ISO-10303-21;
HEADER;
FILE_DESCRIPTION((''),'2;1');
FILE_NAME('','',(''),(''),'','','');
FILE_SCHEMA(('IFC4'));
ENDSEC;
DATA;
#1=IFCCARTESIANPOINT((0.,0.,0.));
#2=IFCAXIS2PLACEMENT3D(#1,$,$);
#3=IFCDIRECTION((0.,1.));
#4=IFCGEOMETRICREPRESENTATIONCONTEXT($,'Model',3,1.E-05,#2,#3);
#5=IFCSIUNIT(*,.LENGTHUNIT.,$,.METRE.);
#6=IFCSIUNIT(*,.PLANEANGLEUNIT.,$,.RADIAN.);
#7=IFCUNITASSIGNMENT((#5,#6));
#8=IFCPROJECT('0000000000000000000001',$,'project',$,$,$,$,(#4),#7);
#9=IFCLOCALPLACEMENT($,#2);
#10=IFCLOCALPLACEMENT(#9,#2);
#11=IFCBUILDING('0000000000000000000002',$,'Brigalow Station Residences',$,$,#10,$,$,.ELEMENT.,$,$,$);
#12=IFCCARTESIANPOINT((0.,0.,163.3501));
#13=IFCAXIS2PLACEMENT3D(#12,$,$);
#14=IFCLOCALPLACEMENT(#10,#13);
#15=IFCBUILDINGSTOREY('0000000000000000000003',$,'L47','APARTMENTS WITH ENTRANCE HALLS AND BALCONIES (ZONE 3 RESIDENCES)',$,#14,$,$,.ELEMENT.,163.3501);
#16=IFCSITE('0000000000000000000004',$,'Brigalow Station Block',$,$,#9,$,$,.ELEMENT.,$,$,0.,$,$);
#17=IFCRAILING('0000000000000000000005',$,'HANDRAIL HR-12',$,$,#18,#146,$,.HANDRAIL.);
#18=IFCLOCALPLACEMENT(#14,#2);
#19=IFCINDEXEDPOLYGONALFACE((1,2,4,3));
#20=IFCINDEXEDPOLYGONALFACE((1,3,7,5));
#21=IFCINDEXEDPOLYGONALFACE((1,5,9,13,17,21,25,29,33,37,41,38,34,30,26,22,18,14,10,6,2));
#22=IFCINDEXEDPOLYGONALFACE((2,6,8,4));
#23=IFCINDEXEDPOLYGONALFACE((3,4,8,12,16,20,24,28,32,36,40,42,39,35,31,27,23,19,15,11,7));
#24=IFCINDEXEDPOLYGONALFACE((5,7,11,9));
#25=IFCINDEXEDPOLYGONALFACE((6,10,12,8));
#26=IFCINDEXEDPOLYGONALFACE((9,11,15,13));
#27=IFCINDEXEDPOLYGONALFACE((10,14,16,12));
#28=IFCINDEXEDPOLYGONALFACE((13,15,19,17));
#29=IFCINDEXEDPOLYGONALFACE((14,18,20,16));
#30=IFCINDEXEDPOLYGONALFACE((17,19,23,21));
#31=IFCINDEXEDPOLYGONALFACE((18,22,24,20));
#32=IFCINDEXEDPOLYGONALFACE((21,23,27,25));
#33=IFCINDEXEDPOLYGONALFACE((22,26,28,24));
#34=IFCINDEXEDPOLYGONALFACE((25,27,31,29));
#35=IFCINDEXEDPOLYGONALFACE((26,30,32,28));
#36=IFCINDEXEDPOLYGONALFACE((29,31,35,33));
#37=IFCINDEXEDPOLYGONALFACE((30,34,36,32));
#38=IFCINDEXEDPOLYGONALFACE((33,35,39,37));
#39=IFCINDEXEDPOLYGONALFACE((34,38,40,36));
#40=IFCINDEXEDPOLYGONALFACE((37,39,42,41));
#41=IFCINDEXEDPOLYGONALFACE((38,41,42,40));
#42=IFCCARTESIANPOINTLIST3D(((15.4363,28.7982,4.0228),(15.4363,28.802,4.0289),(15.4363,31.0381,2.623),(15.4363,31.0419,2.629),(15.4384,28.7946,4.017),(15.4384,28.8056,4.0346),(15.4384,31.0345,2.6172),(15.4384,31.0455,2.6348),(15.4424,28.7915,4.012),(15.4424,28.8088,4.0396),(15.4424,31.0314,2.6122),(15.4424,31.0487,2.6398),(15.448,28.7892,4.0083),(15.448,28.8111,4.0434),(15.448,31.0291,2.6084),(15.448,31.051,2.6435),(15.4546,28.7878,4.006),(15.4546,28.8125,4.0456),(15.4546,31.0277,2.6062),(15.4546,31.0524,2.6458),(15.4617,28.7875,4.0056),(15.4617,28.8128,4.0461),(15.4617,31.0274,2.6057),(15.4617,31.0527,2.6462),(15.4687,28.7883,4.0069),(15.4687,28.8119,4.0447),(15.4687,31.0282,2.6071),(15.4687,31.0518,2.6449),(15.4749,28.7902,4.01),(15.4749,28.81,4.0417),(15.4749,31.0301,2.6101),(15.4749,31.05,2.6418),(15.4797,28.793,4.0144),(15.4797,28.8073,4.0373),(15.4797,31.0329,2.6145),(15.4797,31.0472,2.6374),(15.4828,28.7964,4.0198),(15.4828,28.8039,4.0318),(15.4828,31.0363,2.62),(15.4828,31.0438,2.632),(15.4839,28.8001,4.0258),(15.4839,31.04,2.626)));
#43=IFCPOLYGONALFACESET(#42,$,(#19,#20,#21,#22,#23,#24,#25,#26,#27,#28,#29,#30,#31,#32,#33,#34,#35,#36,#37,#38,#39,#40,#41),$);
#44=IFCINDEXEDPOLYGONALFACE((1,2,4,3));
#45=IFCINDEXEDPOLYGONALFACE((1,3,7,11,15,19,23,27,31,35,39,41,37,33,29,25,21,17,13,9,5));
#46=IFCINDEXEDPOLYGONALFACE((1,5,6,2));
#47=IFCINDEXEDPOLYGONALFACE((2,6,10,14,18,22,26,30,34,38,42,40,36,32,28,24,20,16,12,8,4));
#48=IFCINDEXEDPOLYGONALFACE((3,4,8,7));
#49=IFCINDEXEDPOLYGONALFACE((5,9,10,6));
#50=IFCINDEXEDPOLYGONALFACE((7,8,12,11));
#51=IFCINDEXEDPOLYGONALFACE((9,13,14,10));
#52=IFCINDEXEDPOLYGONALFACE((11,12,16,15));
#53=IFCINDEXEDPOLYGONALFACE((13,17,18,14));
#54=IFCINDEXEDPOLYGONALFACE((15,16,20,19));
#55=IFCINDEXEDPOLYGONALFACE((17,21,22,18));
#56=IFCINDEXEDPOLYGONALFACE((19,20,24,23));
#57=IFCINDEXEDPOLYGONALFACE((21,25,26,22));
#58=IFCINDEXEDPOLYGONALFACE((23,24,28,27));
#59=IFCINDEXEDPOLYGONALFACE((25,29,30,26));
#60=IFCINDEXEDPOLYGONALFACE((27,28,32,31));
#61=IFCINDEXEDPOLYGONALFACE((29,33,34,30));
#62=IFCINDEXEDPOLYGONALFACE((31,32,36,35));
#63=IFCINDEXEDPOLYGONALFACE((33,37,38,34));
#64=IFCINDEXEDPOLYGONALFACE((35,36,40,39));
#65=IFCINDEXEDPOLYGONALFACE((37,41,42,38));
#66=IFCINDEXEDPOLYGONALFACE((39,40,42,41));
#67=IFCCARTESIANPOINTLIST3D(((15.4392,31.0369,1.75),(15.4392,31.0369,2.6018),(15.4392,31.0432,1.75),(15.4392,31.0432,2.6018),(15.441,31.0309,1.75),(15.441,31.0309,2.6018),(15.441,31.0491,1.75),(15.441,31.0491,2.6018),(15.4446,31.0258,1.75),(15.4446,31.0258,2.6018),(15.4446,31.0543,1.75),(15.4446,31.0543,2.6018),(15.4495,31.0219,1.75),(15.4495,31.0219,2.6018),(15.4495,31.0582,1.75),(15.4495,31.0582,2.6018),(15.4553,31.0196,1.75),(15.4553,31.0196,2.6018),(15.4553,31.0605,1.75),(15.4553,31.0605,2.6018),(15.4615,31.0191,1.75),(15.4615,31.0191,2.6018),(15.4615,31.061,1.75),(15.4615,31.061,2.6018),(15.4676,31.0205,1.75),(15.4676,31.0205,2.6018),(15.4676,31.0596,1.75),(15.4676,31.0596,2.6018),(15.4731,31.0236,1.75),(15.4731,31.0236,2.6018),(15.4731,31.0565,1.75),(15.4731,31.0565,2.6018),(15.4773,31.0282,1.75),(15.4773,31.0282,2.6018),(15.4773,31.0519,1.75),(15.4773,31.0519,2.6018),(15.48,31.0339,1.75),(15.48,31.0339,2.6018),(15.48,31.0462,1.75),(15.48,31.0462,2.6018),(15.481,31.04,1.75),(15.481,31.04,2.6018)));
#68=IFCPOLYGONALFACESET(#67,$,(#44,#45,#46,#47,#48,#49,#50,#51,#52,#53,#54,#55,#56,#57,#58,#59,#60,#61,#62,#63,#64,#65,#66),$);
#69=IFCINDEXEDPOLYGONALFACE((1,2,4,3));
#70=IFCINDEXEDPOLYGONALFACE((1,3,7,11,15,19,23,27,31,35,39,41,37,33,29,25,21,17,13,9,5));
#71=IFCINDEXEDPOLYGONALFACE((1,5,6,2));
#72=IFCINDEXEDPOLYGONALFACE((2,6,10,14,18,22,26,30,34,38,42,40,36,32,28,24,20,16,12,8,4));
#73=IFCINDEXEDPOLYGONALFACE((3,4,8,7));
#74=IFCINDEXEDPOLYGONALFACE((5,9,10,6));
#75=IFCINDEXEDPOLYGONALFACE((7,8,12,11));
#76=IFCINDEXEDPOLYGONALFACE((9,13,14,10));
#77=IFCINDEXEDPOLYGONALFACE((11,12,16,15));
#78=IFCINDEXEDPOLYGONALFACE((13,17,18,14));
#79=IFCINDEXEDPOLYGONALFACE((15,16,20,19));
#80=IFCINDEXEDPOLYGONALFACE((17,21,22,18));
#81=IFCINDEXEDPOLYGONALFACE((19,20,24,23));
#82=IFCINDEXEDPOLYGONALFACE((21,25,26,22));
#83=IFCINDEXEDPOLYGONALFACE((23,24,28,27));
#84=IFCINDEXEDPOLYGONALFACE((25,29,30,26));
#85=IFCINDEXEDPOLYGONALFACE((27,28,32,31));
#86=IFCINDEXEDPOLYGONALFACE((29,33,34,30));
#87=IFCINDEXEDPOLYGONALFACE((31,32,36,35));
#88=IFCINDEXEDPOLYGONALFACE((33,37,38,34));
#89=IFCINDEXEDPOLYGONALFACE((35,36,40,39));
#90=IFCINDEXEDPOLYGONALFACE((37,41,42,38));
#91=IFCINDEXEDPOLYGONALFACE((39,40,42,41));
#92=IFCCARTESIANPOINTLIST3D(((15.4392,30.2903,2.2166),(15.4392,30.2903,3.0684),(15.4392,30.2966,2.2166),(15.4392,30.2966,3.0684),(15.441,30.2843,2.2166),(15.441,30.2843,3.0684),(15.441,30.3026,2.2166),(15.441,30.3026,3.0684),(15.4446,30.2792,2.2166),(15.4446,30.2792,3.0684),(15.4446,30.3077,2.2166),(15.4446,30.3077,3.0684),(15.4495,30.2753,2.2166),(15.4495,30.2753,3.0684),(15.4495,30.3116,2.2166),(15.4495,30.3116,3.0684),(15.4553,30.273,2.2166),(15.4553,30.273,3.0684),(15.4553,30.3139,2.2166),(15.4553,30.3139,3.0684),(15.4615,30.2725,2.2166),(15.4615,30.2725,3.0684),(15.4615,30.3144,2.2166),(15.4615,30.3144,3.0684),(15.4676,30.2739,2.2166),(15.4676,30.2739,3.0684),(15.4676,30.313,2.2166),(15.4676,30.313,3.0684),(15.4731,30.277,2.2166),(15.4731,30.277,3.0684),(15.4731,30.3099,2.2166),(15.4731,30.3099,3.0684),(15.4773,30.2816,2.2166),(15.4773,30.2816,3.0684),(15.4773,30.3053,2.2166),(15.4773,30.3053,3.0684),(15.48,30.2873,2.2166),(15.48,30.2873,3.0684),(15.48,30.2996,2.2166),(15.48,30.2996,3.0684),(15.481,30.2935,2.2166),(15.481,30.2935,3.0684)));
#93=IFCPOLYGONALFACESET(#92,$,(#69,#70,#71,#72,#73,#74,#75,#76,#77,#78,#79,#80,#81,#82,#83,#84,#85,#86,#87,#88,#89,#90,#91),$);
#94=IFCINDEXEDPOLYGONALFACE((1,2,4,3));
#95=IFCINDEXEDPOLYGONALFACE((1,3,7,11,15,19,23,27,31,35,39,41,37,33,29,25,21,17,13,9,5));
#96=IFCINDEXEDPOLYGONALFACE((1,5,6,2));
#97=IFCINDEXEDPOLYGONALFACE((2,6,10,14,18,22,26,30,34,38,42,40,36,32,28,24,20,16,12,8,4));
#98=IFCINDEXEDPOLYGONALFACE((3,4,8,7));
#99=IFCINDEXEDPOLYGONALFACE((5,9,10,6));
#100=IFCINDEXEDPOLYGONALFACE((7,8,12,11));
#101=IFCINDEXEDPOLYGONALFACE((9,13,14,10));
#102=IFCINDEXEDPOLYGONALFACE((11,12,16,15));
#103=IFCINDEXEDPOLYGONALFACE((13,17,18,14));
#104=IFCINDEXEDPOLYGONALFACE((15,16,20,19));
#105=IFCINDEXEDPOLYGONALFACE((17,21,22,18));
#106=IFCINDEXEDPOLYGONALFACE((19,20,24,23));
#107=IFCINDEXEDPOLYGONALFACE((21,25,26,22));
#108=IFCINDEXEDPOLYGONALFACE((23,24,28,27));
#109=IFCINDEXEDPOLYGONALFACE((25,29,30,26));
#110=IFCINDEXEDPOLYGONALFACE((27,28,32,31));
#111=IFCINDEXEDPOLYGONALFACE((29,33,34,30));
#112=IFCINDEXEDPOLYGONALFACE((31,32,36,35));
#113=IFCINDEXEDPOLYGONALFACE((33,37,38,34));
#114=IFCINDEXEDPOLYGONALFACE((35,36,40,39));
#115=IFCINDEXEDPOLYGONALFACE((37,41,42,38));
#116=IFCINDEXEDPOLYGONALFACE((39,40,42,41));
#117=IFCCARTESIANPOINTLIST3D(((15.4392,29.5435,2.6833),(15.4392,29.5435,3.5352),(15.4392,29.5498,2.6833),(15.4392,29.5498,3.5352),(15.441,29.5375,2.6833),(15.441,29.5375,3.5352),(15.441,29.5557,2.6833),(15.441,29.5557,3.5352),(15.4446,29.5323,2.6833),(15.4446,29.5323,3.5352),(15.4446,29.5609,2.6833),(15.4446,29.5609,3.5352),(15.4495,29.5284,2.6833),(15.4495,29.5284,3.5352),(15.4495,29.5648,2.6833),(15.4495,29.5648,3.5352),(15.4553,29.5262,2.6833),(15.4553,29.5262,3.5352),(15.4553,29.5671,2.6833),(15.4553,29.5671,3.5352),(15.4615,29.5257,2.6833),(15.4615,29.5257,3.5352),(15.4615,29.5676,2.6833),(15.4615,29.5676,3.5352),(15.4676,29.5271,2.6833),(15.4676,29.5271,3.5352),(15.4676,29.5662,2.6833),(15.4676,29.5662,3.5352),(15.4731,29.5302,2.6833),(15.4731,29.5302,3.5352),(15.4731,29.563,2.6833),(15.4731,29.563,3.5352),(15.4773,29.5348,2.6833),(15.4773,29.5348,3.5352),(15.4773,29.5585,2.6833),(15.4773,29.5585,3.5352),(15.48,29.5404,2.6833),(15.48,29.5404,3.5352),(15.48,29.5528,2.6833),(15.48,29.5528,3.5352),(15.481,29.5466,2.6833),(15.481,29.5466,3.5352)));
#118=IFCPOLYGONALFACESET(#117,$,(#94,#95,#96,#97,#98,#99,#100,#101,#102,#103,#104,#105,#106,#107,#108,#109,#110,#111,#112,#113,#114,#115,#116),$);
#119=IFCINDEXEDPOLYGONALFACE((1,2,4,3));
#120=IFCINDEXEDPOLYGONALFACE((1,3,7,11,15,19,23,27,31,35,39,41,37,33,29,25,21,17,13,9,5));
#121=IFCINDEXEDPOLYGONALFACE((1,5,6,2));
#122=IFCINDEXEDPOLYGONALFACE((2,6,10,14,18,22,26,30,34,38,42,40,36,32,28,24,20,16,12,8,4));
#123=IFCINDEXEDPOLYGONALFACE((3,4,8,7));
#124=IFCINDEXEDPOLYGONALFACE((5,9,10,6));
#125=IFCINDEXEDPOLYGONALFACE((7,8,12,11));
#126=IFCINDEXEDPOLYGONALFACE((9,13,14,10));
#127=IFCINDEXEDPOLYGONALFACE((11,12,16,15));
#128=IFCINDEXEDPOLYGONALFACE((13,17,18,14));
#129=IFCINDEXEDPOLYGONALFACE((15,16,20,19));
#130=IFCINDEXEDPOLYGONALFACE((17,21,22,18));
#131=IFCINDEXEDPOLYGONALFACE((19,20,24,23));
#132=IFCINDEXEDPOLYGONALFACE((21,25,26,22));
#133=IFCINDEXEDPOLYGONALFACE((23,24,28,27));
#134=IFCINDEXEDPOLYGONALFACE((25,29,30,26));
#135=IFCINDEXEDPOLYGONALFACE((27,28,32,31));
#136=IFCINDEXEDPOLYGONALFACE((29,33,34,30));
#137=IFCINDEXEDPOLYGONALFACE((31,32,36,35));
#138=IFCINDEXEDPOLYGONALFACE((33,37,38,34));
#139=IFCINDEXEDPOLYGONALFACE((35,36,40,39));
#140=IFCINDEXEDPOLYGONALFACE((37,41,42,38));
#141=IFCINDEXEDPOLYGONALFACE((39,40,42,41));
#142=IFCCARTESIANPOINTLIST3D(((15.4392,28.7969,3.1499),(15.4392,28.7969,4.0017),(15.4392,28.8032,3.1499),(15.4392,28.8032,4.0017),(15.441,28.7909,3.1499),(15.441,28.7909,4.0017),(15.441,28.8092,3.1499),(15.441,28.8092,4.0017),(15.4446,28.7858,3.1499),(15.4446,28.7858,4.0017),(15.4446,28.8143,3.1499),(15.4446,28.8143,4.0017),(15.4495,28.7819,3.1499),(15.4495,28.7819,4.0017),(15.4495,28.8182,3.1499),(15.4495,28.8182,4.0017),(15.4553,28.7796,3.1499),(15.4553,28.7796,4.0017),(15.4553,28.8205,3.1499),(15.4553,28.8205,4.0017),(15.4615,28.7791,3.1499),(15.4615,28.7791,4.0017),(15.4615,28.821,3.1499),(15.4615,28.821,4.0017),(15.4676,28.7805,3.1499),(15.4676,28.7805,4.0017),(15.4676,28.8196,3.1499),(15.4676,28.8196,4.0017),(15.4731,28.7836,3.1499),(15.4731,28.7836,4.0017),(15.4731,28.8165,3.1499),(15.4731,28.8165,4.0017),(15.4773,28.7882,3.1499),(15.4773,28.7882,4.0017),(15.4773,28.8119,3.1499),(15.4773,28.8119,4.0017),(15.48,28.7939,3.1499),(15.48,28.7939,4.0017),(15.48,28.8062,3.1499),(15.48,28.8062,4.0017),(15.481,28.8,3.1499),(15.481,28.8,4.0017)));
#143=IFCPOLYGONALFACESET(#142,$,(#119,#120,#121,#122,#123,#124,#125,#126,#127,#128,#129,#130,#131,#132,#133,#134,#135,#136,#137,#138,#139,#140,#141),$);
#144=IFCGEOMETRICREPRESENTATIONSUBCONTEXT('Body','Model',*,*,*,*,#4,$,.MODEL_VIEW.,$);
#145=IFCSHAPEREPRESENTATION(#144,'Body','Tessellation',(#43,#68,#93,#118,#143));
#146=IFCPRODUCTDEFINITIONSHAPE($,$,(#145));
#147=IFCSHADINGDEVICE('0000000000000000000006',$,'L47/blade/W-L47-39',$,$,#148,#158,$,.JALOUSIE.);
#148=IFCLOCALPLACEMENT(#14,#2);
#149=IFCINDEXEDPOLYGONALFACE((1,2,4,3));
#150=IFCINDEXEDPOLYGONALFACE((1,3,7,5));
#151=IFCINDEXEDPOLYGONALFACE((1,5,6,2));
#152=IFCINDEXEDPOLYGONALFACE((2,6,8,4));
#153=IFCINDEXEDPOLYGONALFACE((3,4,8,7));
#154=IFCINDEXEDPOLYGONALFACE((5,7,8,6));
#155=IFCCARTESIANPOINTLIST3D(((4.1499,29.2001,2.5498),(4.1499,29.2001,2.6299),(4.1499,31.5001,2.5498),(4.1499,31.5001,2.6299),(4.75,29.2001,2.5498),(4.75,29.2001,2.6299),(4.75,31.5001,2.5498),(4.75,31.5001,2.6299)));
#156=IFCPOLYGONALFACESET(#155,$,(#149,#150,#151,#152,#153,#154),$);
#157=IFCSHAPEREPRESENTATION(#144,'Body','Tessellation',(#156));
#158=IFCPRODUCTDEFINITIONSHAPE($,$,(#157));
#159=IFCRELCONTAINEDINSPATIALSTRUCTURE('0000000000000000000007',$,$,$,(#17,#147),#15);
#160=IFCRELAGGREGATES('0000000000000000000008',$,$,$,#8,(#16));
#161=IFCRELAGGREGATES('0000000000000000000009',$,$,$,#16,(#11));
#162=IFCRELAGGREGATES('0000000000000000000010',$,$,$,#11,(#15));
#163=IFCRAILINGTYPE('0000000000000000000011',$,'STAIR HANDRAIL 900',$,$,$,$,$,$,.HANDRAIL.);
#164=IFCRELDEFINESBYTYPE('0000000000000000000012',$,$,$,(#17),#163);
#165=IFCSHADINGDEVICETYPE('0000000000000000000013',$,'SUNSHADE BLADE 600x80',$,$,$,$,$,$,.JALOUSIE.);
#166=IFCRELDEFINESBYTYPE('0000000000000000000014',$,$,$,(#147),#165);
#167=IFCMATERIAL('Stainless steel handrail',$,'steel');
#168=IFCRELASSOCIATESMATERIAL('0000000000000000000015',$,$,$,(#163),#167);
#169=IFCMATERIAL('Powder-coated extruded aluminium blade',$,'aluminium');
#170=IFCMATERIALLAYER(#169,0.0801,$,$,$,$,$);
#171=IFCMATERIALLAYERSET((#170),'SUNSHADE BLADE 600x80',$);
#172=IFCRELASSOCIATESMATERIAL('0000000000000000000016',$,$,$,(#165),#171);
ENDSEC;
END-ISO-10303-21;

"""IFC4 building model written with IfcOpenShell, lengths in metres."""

from ifc_helpers import new_model, si_unit, direction, frame, origin, origin_2d, place, context, subcontext, project, spatial, rectangle, circle, extrude, material, layer, layer_set, type_object, element, save


model = new_model("IFC4")

# Units and contexts
model_context = context("Model", 3, precision=1e-05, world=origin(), true_north=direction((0.0, 1.0)))
body_context = subcontext(model_context, "Body", "Model", "MODEL_VIEW")
ifc_project = project(units=[si_unit("LENGTHUNIT", "METRE"), si_unit("PLANEANGLEUNIT", "RADIAN")], contexts=[model_context])

# Site, building, storey
site_placement = place(None, origin())
site = spatial("IfcSite", under=ifc_project, at=site_placement, Name="Brigalow Station Block", CompositionType="ELEMENT", RefElevation=0.0)
building_placement = place(site_placement, origin())
building = spatial("IfcBuilding", under=site, at=building_placement, Name="Brigalow Station Residences", CompositionType="ELEMENT")
storey_placement = place(building_placement, frame((0.0, 0.0, 163.3501)))
storey = spatial("IfcBuildingStorey", under=building, at=storey_placement, Name="L47", Description="APARTMENTS WITH ENTRANCE HALLS AND BALCONIES (ZONE 3 RESIDENCES)", CompositionType="ELEMENT", Elevation=163.3501)

# Railing
ifc_material_1 = material(Name="Stainless steel handrail", Category="steel")
railing_type_1 = type_object("IfcRailingType", Name="STAIR HANDRAIL 900", PredefinedType="HANDRAIL", material=ifc_material_1)
railing_1_placement = place(storey_placement, frame((15.46, 31.04, 1.75)))
element("IfcRailing", 1, at=railing_1_placement, inside=storey, type_object=railing_type_1, Name="HANDRAIL HR-12", PredefinedType="HANDRAIL", context=body_context, shape_type="SweptSolid", body=[
    extrude(circle(Radius=0.0239, at=origin_2d()), frame((0.0, 0.0, 0.876), z_axis=(0.0, -0.848014, 0.529974), x_axis=(1.0, 0.0, 0.0)), (0.0, 0.0, 1.0), 2.6414),
    extrude(circle(Radius=0.021, at=origin_2d()), origin(), (0.0, 0.0, 1.0), 0.8518),
    extrude(circle(Radius=0.021, at=origin_2d()), frame((0.0, -0.7466, 0.4666)), (0.0, 0.0, 1.0), 0.8518),
    extrude(circle(Radius=0.021, at=origin_2d()), frame((0.0, -1.4934, 0.9333)), (0.0, 0.0, 1.0), 0.8518),
    extrude(circle(Radius=0.021, at=origin_2d()), frame((0.0, -2.24, 1.3999)), (0.0, 0.0, 1.0), 0.8518),
])

# Shading device
ifc_material_2 = material(Name="Powder-coated extruded aluminium blade", Category="aluminium")
ifc_layer_1 = layer(ifc_material_2, 0.0801)
ifc_layer_set_1 = layer_set([ifc_layer_1], Name="SUNSHADE BLADE 600x80")
shading_device_type = type_object("IfcShadingDeviceType", Name="SUNSHADE BLADE 600x80", PredefinedType="JALOUSIE", material=ifc_layer_set_1)
shading_device_placement = place(storey_placement, frame((4.45, 30.3501, 2.5498), z_axis=(0.0, 0.0, 1.0), x_axis=(0.0, -1.0, 0.0)))
element("IfcShadingDevice", 2, at=shading_device_placement, inside=storey, type_object=shading_device_type, Name="L47/blade/W-L47-39", PredefinedType="JALOUSIE", context=body_context, shape_type="SweptSolid", body=[
    extrude(rectangle(XDim=2.3, YDim=0.6001, at=origin_2d()), origin(), (0.0, 0.0, 1.0), 0.0801),
])

save(model, "model.ifc")
